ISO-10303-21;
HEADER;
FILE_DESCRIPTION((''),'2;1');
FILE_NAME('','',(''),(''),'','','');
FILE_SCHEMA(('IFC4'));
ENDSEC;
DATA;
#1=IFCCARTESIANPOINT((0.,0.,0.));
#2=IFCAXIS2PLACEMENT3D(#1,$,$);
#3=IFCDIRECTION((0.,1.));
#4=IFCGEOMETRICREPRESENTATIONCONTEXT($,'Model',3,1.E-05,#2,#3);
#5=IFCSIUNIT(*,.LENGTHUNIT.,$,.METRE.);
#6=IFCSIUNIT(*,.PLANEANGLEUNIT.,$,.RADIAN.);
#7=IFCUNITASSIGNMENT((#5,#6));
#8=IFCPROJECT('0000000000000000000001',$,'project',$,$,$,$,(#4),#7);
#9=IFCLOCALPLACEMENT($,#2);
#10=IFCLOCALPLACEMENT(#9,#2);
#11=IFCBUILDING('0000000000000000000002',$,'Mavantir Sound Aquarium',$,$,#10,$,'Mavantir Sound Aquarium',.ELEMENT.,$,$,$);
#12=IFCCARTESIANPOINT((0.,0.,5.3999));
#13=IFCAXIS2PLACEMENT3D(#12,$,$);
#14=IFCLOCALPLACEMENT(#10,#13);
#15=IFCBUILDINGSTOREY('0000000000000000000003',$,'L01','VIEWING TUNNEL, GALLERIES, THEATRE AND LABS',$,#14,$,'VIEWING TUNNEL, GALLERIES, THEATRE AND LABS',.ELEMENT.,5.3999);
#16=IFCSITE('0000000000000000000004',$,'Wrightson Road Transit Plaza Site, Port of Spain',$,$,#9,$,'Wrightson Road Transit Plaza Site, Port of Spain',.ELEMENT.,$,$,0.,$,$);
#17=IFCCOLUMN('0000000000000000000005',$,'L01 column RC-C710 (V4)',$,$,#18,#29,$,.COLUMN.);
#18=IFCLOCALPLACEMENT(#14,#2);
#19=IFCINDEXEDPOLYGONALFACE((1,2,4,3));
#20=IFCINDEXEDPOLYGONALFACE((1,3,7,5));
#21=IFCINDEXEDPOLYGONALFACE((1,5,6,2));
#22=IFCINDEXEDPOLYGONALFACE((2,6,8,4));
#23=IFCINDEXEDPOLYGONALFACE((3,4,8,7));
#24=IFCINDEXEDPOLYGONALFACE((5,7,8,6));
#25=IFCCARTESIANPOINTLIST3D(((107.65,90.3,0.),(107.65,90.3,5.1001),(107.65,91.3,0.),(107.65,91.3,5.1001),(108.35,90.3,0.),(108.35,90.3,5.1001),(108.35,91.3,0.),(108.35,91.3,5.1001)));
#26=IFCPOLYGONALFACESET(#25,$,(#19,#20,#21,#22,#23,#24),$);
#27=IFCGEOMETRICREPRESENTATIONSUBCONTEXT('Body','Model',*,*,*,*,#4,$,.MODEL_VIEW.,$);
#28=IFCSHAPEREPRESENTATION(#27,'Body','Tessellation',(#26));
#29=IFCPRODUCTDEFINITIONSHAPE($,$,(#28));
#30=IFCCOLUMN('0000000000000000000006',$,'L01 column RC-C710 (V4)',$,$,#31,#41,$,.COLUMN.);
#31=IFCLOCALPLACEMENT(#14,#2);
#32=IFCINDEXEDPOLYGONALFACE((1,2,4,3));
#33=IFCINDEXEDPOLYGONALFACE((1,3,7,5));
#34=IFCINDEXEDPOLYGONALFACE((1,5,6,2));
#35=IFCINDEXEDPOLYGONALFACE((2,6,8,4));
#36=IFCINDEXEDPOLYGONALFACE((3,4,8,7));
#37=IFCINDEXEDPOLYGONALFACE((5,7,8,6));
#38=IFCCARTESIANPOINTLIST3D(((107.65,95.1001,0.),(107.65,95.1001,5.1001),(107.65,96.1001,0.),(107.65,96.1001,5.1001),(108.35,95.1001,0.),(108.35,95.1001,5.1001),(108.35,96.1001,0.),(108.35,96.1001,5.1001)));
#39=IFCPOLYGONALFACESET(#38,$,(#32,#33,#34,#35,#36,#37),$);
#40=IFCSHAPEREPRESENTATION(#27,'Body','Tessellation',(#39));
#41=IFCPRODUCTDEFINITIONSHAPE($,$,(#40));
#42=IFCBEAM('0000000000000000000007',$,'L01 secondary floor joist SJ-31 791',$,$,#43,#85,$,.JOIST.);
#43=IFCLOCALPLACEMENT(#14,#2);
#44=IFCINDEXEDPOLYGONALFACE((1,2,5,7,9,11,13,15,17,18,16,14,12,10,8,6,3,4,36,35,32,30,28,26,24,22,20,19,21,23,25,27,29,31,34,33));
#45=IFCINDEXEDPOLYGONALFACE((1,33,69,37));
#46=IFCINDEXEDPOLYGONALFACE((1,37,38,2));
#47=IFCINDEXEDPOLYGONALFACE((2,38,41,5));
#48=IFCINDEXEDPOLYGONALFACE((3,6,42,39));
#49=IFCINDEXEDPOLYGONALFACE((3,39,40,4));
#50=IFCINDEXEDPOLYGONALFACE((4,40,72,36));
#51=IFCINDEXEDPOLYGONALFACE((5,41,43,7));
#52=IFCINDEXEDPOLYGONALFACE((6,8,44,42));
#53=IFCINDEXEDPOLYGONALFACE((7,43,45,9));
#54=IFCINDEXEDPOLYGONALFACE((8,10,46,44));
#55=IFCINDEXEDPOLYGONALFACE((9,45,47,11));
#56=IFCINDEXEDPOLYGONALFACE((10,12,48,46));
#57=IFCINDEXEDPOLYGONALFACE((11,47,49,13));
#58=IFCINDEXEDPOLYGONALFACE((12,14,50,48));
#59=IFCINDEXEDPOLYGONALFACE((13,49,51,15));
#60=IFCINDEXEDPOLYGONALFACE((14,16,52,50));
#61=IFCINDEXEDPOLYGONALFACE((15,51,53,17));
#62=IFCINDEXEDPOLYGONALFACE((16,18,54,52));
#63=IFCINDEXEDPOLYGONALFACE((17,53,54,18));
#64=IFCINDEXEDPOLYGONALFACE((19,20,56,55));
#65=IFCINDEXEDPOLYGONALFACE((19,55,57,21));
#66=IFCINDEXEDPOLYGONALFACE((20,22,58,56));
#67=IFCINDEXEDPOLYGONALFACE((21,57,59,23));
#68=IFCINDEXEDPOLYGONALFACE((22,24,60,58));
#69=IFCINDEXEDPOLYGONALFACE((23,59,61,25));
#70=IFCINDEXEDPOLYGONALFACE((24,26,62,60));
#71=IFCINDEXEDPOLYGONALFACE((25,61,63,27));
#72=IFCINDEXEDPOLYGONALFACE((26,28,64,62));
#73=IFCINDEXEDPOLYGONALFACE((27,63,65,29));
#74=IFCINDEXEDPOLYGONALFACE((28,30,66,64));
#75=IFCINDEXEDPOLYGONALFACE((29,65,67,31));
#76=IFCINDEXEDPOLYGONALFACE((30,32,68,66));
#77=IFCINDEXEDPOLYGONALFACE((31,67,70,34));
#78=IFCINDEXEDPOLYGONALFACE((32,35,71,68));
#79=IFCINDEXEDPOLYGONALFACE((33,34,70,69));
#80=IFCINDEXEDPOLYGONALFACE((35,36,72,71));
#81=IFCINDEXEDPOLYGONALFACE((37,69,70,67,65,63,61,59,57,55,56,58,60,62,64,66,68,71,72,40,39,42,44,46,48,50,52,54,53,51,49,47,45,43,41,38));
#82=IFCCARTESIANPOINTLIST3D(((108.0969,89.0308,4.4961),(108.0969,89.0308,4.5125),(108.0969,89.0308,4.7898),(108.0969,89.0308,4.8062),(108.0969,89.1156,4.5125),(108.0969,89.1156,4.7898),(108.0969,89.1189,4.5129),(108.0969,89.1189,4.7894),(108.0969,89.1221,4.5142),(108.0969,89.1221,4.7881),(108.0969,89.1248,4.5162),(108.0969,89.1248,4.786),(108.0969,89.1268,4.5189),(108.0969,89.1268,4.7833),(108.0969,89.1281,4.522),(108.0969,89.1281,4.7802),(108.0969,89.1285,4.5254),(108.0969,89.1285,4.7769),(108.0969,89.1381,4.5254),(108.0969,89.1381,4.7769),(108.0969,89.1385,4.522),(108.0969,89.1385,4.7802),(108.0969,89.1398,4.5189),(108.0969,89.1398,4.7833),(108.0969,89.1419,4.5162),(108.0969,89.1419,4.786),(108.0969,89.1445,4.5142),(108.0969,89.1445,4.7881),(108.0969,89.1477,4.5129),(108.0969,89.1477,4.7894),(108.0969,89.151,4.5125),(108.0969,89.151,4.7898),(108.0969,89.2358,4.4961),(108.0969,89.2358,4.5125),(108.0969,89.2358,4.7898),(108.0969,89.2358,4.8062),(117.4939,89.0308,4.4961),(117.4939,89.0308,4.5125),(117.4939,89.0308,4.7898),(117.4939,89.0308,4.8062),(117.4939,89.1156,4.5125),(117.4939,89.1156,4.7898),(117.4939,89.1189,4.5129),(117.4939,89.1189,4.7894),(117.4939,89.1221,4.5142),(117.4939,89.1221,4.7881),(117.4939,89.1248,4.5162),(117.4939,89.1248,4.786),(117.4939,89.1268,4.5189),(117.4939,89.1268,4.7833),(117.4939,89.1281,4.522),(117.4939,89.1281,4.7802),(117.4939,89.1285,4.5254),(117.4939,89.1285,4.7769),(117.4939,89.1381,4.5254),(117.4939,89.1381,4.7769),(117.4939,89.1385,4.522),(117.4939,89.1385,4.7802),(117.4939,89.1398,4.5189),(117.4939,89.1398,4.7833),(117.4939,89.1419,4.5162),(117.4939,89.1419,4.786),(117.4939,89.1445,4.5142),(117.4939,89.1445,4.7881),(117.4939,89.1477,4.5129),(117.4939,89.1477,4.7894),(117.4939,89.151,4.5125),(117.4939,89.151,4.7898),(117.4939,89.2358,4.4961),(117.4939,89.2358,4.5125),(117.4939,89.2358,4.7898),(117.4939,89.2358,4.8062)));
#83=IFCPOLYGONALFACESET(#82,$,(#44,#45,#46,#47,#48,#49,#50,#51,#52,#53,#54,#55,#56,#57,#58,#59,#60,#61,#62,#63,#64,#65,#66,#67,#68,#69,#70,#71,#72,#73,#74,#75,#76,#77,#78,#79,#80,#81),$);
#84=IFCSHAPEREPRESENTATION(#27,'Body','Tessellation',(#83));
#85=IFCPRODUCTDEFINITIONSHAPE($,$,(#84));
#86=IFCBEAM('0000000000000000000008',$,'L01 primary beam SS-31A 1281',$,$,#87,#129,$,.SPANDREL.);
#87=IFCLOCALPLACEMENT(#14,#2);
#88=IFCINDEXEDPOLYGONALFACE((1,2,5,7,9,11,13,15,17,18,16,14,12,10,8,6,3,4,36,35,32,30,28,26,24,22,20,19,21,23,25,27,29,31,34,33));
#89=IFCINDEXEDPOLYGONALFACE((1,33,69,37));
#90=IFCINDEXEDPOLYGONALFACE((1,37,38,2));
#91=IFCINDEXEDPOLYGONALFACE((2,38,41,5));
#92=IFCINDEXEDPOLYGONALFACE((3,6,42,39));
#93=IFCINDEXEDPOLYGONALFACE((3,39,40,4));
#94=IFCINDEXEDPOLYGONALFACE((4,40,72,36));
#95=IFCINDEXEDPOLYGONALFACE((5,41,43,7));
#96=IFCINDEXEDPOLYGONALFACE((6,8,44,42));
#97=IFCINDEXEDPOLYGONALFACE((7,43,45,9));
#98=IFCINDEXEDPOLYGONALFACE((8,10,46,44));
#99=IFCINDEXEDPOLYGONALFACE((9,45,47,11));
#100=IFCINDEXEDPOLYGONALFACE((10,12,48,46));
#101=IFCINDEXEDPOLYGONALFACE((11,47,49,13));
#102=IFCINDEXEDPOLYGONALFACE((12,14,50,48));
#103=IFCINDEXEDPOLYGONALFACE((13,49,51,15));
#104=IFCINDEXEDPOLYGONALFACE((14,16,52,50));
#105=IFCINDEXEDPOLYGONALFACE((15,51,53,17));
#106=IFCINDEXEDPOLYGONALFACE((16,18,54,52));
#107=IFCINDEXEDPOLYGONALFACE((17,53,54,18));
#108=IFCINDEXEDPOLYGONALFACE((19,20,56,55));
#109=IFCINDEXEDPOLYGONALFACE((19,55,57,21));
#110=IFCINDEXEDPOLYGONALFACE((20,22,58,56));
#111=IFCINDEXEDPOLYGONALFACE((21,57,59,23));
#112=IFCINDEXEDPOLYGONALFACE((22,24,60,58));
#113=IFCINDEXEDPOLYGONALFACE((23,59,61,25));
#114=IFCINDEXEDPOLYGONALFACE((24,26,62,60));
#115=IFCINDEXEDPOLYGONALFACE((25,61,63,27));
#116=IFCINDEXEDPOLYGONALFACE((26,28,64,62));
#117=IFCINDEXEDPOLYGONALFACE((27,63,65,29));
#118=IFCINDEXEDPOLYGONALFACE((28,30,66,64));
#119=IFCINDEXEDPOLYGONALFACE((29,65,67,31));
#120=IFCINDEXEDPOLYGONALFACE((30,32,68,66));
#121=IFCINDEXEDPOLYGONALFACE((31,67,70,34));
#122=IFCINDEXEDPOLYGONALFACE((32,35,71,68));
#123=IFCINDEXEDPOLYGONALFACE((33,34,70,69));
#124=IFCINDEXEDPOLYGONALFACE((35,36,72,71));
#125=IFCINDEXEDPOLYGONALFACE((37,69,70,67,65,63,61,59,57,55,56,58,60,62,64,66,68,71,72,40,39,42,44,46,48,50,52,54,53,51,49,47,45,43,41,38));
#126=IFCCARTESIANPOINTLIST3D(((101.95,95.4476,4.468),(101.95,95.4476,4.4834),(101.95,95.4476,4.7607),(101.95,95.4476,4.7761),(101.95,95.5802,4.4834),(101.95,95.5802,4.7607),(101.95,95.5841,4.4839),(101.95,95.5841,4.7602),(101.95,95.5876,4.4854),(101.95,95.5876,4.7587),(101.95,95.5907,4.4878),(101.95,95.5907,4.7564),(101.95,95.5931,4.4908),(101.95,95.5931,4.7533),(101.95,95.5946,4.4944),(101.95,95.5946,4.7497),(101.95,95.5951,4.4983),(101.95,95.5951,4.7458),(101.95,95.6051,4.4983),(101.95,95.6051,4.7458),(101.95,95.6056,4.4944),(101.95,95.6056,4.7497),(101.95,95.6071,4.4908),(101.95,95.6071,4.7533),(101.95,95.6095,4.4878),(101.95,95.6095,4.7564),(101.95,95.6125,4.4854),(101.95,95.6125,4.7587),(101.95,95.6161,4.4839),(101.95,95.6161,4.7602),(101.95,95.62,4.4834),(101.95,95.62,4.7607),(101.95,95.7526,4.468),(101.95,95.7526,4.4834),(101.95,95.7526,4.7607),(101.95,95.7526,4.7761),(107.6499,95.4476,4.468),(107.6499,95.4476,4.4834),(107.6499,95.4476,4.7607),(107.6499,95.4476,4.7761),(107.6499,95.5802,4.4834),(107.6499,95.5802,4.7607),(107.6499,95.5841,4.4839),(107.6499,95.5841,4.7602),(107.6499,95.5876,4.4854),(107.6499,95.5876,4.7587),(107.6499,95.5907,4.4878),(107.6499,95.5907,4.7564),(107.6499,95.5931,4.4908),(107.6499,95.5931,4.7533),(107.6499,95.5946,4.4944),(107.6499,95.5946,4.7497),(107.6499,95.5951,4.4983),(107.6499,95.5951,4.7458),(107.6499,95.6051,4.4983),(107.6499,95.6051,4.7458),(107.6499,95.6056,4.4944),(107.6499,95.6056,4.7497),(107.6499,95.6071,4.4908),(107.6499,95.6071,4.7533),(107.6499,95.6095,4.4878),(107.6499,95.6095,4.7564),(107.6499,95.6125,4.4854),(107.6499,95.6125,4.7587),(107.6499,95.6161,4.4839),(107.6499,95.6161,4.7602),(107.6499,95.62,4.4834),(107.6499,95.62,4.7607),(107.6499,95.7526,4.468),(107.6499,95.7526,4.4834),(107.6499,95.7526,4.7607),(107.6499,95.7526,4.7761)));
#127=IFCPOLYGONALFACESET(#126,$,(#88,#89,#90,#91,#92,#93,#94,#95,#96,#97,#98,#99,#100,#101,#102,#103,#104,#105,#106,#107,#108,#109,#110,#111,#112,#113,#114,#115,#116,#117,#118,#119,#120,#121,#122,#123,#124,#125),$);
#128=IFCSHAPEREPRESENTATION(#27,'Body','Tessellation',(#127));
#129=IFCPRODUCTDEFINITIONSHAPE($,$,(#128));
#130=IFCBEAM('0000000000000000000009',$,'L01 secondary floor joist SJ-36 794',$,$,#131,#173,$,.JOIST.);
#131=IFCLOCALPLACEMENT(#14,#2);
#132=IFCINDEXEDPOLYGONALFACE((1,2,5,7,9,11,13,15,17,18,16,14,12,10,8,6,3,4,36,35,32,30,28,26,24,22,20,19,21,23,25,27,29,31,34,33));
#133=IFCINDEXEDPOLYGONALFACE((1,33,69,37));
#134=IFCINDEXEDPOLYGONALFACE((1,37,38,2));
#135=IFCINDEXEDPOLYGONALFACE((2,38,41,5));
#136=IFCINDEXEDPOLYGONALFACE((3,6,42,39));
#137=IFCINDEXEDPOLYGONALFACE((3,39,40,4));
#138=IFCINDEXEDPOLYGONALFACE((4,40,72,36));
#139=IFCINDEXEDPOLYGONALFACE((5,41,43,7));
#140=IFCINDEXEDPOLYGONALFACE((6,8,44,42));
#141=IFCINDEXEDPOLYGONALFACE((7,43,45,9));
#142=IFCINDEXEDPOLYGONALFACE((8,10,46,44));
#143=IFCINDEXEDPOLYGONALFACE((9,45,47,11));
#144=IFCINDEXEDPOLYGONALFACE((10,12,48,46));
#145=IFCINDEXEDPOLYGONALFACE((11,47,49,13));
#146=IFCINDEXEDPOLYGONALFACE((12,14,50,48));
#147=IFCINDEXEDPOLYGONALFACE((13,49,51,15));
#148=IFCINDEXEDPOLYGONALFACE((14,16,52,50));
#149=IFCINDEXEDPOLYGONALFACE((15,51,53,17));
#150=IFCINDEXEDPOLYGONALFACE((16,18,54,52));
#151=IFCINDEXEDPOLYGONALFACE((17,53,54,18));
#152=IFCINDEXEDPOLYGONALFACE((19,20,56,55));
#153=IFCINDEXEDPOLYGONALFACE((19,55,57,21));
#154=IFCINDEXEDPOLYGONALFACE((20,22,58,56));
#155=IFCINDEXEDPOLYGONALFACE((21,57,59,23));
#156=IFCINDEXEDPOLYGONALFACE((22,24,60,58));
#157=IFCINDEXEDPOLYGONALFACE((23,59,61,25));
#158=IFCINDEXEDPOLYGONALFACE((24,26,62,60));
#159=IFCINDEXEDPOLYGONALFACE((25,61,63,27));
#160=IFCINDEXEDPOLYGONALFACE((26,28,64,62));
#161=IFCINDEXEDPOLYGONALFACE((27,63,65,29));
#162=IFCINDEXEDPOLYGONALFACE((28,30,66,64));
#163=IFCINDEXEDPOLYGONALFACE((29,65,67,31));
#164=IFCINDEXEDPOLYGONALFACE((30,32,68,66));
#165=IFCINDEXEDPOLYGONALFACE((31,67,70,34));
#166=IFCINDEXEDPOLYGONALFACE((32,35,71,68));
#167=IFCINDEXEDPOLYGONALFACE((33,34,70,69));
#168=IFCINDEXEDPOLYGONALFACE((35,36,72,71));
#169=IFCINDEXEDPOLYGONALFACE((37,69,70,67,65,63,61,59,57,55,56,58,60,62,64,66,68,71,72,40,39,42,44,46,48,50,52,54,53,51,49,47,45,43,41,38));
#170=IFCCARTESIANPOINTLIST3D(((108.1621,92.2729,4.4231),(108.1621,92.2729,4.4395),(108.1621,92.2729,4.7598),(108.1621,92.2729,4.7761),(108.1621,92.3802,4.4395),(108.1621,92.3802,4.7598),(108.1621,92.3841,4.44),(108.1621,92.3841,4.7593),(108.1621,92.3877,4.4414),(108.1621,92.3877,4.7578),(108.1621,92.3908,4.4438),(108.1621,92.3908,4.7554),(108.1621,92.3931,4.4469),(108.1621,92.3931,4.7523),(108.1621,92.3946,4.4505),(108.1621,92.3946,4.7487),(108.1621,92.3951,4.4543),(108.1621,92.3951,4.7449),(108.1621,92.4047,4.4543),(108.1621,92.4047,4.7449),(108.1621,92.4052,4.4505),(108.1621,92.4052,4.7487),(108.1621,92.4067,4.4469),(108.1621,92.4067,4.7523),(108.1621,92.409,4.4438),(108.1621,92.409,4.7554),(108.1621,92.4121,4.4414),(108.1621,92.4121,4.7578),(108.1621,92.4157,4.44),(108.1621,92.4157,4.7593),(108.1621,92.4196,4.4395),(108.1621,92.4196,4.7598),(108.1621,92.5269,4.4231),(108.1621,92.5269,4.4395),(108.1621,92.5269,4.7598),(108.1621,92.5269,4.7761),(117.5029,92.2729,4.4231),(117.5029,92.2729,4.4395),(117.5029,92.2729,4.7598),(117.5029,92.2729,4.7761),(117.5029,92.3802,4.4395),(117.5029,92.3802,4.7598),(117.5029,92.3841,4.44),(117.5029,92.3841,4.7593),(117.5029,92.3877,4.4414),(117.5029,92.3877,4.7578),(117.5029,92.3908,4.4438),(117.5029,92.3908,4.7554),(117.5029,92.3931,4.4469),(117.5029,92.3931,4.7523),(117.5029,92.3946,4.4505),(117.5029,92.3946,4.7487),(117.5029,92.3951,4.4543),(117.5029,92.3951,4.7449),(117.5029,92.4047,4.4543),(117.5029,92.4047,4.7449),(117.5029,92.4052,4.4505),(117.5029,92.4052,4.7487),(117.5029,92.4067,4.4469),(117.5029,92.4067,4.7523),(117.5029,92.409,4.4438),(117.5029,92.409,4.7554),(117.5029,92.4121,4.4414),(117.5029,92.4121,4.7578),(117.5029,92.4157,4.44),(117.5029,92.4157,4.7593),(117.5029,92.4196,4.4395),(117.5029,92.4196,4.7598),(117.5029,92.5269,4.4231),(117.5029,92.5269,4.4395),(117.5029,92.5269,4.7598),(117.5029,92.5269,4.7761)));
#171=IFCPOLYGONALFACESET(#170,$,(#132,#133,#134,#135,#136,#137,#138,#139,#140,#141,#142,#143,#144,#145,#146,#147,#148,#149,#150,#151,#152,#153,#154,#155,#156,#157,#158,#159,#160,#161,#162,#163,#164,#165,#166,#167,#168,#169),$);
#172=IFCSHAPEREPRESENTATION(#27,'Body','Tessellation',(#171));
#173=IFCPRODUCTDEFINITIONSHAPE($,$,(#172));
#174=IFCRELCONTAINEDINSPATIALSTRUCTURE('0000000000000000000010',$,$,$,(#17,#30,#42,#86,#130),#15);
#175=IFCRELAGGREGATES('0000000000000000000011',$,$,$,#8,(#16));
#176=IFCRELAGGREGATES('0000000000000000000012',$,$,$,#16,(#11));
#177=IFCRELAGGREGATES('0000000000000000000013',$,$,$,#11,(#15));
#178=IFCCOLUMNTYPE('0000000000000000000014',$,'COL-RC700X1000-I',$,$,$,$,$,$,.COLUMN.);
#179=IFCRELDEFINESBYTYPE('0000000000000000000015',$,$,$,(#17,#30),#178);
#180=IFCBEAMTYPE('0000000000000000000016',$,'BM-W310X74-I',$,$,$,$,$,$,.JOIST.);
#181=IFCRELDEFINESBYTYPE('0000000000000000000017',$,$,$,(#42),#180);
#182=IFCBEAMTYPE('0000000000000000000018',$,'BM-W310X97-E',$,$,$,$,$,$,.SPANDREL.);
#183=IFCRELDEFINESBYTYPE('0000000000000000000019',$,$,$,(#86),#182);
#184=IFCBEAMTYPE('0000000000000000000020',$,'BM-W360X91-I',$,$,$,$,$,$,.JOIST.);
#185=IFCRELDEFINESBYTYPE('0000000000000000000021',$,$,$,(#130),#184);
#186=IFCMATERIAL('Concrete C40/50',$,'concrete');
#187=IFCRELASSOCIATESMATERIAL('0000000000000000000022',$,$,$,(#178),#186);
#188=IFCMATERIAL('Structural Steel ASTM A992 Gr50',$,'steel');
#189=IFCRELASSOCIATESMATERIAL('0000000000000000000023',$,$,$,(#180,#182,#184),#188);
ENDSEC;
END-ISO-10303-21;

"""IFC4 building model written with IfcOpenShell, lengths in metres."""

from ifc_helpers import new_model, si_unit, direction, frame, origin, origin_2d, place, context, subcontext, project, spatial, rectangle, i_section, extrude, material, material_profile, profile_set, type_object, element, save


model = new_model("IFC4")

# Units and contexts
model_context = context("Model", 3, precision=1e-05, world=origin(), true_north=direction((0.0, 1.0)))
body_context = subcontext(model_context, "Body", "Model", "MODEL_VIEW")
ifc_project = project(units=[si_unit("LENGTHUNIT", "METRE"), si_unit("PLANEANGLEUNIT", "RADIAN")], contexts=[model_context])

# Site, building, storey
site_placement = place(None, origin())
site = spatial("IfcSite", under=ifc_project, at=site_placement, Name="Wrightson Road Transit Plaza Site, Port of Spain", LongName="Wrightson Road Transit Plaza Site, Port of Spain", CompositionType="ELEMENT", RefElevation=0.0)
building_placement = place(site_placement, origin())
building = spatial("IfcBuilding", under=site, at=building_placement, Name="Mavantir Sound Aquarium", LongName="Mavantir Sound Aquarium", CompositionType="ELEMENT")
storey_placement = place(building_placement, frame((0.0, 0.0, 5.3999)))
storey = spatial("IfcBuildingStorey", under=building, at=storey_placement, Name="L01", Description="VIEWING TUNNEL, GALLERIES, THEATRE AND LABS", LongName="VIEWING TUNNEL, GALLERIES, THEATRE AND LABS", CompositionType="ELEMENT", Elevation=5.3999)

# Columns
ifc_material_1 = material(Name="Concrete C40/50", Category="concrete")
ifc_material_profile_1 = material_profile(ifc_material_1, rectangle(XDim=0.7, YDim=1.0, at=origin_2d()), Name="RC 700X1000")
ifc_profile_set_1 = profile_set([ifc_material_profile_1], Name="Concrete C40/50")
column_type = type_object("IfcColumnType", Name="COL-RC700X1000-I", PredefinedType="COLUMN", material=ifc_profile_set_1)
for number, where, z_axis, x_axis, name in (
    (1, (108.0, 90.8, 0.0), (0.0, 0.0, 1.0), (1.0, 0.0, 0.0), "L01 column RC-C710 (V4)"),
    (2, (108.0, 95.6001, 0.0), (0.0, 0.0, 1.0), (1.0, 0.0, 0.0), "L01 column RC-C710 (V4)"),
):
    element("IfcColumn", number, at=place(storey_placement, frame(where, z_axis=z_axis, x_axis=x_axis)), inside=storey, type_object=column_type, Name=name, PredefinedType="COLUMN", context=body_context, shape_type="SweptSolid", body=[
        extrude(rectangle(XDim=0.7, YDim=1.0, at=origin_2d()), origin(), (0.0, 0.0, 1.0), 5.1001),
    ])

# Beams
ifc_material_2 = material(Name="Structural Steel ASTM A992 Gr50", Category="steel")
ifc_material_profile_2 = material_profile(ifc_material_2, i_section(OverallWidth=0.2051, OverallDepth=0.3101, WebThickness=0.0095, FlangeThickness=0.0164, FilletRadius=0.0129, at=origin_2d()), Name="W310X74")
ifc_profile_set_2 = profile_set([ifc_material_profile_2], Name="Structural Steel ASTM A992 Gr50")
beam_type_1 = type_object("IfcBeamType", Name="BM-W310X74-I", PredefinedType="JOIST", material=ifc_profile_set_2)
beam_1_placement = place(storey_placement, frame((108.0969, 89.1333, 4.6511), z_axis=(1.0, 0.0, 0.0), x_axis=(0.0, 1.0, 0.0)))
element("IfcBeam", 3, at=beam_1_placement, inside=storey, type_object=beam_type_1, Name="L01 secondary floor joist SJ-31 791", PredefinedType="JOIST", context=body_context, shape_type="SweptSolid", body=[
    extrude(i_section(OverallWidth=0.2051, OverallDepth=0.3101, WebThickness=0.0095, FlangeThickness=0.0164, FilletRadius=0.0129, at=origin_2d()), origin(), (0.0, 0.0, 1.0), 9.397),
])
ifc_material_profile_3 = material_profile(ifc_material_2, i_section(OverallWidth=0.3049, OverallDepth=0.3081, WebThickness=0.01, FlangeThickness=0.0154, FilletRadius=0.0149, at=origin_2d()), Name="W310X97")
ifc_profile_set_3 = profile_set([ifc_material_profile_3], Name="Structural Steel ASTM A992 Gr50")
beam_type_2 = type_object("IfcBeamType", Name="BM-W310X97-E", PredefinedType="SPANDREL", material=ifc_profile_set_3)
beam_2_placement = place(storey_placement, frame((101.95, 95.6001, 4.6221), z_axis=(1.0, 0.0, 0.0), x_axis=(0.0, 1.0, 0.0)))
element("IfcBeam", 4, at=beam_2_placement, inside=storey, type_object=beam_type_2, Name="L01 primary beam SS-31A 1281", PredefinedType="SPANDREL", context=body_context, shape_type="SweptSolid", body=[
    extrude(i_section(OverallWidth=0.3049, OverallDepth=0.3081, WebThickness=0.01, FlangeThickness=0.0154, FilletRadius=0.0149, at=origin_2d()), origin(), (0.0, 0.0, 1.0), 5.7),
])
ifc_material_profile_4 = material_profile(ifc_material_2, i_section(OverallWidth=0.2539, OverallDepth=0.353, WebThickness=0.0095, FlangeThickness=0.0164, FilletRadius=0.0149, at=origin_2d()), Name="W360X91")
ifc_profile_set_4 = profile_set([ifc_material_profile_4], Name="Structural Steel ASTM A992 Gr50")
beam_type_3 = type_object("IfcBeamType", Name="BM-W360X91-I", PredefinedType="JOIST", material=ifc_profile_set_4)
beam_3_placement = place(storey_placement, frame((108.1621, 92.3999, 4.5996), z_axis=(1.0, 0.0, 0.0), x_axis=(0.0, 1.0, 0.0)))
element("IfcBeam", 5, at=beam_3_placement, inside=storey, type_object=beam_type_3, Name="L01 secondary floor joist SJ-36 794", PredefinedType="JOIST", context=body_context, shape_type="SweptSolid", body=[
    extrude(i_section(OverallWidth=0.2539, OverallDepth=0.353, WebThickness=0.0095, FlangeThickness=0.0164, FilletRadius=0.0149, at=origin_2d()), origin(), (0.0, 0.0, 1.0), 9.3408),
])

save(model, "model.ifc")
